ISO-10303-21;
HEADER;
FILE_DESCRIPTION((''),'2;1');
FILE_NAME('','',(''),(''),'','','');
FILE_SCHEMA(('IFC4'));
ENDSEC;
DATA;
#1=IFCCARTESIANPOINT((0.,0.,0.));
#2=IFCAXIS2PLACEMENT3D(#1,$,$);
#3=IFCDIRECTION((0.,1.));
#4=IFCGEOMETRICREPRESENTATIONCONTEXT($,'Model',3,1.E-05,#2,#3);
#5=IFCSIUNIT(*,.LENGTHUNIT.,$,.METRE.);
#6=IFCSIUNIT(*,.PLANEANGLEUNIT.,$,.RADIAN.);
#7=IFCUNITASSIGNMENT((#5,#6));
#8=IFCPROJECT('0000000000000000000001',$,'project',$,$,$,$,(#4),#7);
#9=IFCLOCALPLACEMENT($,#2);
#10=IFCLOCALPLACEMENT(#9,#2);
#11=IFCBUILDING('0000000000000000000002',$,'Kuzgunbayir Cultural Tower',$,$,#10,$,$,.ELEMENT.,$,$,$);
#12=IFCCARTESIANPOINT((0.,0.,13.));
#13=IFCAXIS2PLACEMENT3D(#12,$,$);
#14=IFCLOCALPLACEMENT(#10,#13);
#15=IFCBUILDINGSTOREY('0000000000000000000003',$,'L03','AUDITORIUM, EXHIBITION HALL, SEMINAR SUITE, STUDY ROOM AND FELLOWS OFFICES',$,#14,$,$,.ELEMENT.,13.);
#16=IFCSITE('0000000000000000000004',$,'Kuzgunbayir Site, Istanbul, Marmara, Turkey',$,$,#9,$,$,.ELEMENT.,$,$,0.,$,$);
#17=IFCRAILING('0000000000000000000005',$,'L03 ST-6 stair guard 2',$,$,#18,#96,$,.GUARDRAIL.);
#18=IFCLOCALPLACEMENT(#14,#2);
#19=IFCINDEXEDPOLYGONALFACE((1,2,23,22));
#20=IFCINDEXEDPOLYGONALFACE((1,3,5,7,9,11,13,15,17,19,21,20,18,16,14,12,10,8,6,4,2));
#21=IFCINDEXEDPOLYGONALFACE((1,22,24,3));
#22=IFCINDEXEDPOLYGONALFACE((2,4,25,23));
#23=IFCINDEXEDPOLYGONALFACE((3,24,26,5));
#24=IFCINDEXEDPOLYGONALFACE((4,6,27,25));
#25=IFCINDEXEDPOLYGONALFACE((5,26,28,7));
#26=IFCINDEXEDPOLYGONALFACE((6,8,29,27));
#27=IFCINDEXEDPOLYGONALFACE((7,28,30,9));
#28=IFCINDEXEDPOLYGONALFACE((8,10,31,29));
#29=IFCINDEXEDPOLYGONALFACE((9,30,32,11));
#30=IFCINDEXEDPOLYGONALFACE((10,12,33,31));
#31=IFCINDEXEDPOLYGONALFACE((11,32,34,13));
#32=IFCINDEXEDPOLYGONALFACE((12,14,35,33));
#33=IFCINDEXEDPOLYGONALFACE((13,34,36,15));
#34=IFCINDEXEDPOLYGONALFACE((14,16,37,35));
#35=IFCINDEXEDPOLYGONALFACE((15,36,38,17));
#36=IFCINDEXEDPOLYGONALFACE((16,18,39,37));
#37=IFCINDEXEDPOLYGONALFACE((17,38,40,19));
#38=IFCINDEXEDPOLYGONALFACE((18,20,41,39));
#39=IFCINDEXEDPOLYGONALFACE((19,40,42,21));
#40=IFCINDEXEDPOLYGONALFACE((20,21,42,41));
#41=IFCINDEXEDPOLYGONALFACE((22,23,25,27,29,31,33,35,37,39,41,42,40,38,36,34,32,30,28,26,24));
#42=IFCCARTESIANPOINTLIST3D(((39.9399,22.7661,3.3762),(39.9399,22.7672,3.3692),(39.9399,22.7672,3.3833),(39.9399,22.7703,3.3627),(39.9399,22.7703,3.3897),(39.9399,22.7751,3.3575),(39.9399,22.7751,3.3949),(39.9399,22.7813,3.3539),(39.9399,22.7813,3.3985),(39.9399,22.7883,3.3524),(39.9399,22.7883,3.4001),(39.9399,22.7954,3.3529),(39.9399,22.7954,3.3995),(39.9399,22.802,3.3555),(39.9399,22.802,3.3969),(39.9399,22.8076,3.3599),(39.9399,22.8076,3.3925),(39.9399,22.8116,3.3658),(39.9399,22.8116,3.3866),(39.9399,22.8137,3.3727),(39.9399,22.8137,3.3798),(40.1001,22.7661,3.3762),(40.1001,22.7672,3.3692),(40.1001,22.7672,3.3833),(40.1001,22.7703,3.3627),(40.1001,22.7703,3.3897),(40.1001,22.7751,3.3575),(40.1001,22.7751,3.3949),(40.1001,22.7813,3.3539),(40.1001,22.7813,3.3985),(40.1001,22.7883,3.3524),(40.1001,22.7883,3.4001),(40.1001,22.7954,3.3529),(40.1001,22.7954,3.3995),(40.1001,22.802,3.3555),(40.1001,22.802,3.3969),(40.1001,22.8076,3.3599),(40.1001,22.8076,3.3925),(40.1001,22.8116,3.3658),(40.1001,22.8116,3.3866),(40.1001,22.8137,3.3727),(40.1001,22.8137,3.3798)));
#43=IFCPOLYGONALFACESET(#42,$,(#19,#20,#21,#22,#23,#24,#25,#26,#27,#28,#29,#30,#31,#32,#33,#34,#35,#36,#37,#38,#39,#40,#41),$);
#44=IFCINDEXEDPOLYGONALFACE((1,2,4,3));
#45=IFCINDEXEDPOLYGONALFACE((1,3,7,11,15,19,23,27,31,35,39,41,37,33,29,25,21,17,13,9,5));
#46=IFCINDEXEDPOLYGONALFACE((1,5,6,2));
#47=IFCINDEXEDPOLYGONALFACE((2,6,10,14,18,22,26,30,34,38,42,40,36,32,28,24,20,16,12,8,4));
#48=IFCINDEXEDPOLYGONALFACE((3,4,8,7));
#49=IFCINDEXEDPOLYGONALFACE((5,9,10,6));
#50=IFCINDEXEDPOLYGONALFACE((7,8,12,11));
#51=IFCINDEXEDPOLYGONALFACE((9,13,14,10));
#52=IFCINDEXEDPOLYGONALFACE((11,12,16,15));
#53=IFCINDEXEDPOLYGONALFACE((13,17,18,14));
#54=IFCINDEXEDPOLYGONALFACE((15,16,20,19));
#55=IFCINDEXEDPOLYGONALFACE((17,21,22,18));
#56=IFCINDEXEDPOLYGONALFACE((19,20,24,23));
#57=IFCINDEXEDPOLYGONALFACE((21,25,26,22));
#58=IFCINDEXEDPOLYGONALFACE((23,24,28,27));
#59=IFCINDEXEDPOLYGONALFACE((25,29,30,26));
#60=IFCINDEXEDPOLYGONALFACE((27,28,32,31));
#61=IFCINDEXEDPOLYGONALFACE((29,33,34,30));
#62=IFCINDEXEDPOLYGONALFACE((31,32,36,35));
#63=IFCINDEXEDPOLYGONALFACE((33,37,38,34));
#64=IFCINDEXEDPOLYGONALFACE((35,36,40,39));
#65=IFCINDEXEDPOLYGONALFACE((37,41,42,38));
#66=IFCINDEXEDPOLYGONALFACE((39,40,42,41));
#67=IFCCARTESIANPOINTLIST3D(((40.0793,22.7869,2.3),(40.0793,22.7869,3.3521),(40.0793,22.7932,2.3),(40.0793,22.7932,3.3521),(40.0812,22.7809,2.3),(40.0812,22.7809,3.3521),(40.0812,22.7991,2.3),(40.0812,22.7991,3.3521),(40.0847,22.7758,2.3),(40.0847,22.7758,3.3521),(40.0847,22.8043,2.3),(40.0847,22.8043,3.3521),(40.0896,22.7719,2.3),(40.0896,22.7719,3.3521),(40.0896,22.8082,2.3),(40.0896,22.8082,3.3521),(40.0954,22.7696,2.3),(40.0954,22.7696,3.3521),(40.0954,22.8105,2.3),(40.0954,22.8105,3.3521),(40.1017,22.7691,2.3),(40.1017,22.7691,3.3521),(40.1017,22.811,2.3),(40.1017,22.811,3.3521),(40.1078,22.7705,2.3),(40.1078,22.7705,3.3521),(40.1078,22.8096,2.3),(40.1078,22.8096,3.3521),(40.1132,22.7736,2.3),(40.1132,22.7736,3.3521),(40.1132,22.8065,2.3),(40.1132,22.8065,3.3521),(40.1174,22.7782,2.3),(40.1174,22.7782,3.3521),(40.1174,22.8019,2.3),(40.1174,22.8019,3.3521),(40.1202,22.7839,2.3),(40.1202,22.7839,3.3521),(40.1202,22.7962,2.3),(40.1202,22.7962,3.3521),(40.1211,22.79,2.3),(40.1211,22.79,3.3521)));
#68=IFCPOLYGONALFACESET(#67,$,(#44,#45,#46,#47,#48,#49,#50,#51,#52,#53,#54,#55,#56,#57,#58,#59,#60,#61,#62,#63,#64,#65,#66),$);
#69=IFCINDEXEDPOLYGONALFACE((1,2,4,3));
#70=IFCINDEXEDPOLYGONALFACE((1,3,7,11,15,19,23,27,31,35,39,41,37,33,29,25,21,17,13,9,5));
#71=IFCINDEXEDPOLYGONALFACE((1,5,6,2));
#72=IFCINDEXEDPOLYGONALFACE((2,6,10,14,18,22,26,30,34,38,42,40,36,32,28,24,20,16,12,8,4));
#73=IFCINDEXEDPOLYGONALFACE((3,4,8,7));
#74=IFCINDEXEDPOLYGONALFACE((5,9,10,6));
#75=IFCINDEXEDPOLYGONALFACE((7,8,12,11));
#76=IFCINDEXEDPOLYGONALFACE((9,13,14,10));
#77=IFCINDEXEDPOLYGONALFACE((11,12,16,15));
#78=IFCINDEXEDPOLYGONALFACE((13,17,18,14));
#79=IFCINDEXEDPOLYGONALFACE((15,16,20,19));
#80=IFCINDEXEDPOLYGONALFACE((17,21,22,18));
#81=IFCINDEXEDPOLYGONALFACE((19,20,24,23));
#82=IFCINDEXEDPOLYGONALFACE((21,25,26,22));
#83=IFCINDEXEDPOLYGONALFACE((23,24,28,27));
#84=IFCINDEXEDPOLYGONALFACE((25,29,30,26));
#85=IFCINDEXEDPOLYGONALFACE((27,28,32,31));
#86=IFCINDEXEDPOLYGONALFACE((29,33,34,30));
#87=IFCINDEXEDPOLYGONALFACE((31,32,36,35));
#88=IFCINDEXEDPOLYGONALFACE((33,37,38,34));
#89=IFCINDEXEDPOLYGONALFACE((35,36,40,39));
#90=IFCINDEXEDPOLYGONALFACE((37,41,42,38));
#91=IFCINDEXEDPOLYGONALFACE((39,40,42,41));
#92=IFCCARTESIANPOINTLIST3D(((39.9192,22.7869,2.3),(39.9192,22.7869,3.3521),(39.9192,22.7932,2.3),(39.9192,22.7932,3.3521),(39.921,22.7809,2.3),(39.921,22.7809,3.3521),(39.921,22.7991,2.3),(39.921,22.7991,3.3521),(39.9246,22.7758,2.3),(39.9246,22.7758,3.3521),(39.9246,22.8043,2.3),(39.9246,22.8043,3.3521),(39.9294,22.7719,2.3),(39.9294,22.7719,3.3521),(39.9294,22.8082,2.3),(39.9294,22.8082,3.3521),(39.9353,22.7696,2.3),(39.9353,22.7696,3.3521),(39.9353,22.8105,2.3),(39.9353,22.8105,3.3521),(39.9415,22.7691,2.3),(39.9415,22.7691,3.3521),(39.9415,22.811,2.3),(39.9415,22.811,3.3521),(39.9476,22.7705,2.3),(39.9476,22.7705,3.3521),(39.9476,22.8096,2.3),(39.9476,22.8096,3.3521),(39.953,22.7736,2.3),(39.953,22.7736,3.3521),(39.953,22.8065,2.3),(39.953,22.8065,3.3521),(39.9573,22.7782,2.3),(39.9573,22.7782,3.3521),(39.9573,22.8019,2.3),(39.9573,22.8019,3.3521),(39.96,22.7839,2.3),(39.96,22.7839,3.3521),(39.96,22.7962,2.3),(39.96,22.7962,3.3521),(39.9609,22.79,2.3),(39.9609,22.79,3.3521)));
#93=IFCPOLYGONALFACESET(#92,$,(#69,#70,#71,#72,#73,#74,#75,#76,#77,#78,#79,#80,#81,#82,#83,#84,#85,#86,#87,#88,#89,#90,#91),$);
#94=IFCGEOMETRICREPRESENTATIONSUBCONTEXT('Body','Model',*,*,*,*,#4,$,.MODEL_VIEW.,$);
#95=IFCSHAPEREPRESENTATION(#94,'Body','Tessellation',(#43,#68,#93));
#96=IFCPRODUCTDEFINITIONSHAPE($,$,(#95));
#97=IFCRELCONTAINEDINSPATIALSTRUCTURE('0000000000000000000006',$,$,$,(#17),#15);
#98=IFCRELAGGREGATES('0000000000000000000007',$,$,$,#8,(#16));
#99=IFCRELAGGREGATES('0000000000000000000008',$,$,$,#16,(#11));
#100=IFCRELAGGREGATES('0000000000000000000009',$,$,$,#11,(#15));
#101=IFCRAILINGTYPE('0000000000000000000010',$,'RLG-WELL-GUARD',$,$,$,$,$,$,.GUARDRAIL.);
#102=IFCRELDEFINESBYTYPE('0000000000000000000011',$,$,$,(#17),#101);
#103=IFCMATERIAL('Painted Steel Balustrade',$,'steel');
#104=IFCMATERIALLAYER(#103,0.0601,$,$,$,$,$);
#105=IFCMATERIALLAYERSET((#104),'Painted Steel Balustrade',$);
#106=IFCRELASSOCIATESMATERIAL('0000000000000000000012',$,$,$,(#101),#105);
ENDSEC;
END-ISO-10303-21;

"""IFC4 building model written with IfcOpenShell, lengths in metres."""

from ifc_helpers import new_model, si_unit, direction, frame, origin, origin_2d, place, context, subcontext, project, spatial, circle, extrude, material, layer, layer_set, type_object, element, save


model = new_model("IFC4")

# Units and contexts
model_context = context("Model", 3, precision=1e-05, world=origin(), true_north=direction((0.0, 1.0)))
body_context = subcontext(model_context, "Body", "Model", "MODEL_VIEW")
ifc_project = project(units=[si_unit("LENGTHUNIT", "METRE"), si_unit("PLANEANGLEUNIT", "RADIAN")], contexts=[model_context])

# Site, building, storey
site_placement = place(None, origin())
site = spatial("IfcSite", under=ifc_project, at=site_placement, Name="Kuzgunbayir Site, Istanbul, Marmara, Turkey", CompositionType="ELEMENT", RefElevation=0.0)
building_placement = place(site_placement, origin())
building = spatial("IfcBuilding", under=site, at=building_placement, Name="Kuzgunbayir Cultural Tower", CompositionType="ELEMENT")
storey_placement = place(building_placement, frame((0.0, 0.0, 13.0)))
storey = spatial("IfcBuildingStorey", under=building, at=storey_placement, Name="L03", Description="AUDITORIUM, EXHIBITION HALL, SEMINAR SUITE, STUDY ROOM AND FELLOWS OFFICES", CompositionType="ELEMENT", Elevation=13.0)

# Railing
ifc_material_1 = material(Name="Painted Steel Balustrade", Category="steel")
ifc_layer_1 = layer(ifc_material_1, 0.0601)
ifc_layer_set_1 = layer_set([ifc_layer_1], Name="Painted Steel Balustrade")
railing_type_1 = type_object("IfcRailingType", Name="RLG-WELL-GUARD", PredefinedType="GUARDRAIL", material=ifc_layer_set_1)
railing_1_placement = place(storey_placement, frame((40.1001, 22.79, 2.3)))
element("IfcRailing", 1, at=railing_1_placement, inside=storey, type_object=railing_type_1, Name="L03 ST-6 stair guard 2", PredefinedType="GUARDRAIL", context=body_context, shape_type="SweptSolid", body=[
    extrude(circle(Radius=0.0239, at=origin_2d()), frame((0.0, 0.0, 1.0762), z_axis=(-1.0, 0.0, 0.0), x_axis=(0.0, -1.0, 0.0)), (0.0, 0.0, 1.0), 0.1602),
    extrude(circle(Radius=0.021, at=origin_2d()), origin(), (0.0, 0.0, 1.0), 1.052),
    extrude(circle(Radius=0.021, at=origin_2d()), frame((-0.1602, 0.0, 0.0)), (0.0, 0.0, 1.0), 1.052),
])

save(model, "model.ifc")
